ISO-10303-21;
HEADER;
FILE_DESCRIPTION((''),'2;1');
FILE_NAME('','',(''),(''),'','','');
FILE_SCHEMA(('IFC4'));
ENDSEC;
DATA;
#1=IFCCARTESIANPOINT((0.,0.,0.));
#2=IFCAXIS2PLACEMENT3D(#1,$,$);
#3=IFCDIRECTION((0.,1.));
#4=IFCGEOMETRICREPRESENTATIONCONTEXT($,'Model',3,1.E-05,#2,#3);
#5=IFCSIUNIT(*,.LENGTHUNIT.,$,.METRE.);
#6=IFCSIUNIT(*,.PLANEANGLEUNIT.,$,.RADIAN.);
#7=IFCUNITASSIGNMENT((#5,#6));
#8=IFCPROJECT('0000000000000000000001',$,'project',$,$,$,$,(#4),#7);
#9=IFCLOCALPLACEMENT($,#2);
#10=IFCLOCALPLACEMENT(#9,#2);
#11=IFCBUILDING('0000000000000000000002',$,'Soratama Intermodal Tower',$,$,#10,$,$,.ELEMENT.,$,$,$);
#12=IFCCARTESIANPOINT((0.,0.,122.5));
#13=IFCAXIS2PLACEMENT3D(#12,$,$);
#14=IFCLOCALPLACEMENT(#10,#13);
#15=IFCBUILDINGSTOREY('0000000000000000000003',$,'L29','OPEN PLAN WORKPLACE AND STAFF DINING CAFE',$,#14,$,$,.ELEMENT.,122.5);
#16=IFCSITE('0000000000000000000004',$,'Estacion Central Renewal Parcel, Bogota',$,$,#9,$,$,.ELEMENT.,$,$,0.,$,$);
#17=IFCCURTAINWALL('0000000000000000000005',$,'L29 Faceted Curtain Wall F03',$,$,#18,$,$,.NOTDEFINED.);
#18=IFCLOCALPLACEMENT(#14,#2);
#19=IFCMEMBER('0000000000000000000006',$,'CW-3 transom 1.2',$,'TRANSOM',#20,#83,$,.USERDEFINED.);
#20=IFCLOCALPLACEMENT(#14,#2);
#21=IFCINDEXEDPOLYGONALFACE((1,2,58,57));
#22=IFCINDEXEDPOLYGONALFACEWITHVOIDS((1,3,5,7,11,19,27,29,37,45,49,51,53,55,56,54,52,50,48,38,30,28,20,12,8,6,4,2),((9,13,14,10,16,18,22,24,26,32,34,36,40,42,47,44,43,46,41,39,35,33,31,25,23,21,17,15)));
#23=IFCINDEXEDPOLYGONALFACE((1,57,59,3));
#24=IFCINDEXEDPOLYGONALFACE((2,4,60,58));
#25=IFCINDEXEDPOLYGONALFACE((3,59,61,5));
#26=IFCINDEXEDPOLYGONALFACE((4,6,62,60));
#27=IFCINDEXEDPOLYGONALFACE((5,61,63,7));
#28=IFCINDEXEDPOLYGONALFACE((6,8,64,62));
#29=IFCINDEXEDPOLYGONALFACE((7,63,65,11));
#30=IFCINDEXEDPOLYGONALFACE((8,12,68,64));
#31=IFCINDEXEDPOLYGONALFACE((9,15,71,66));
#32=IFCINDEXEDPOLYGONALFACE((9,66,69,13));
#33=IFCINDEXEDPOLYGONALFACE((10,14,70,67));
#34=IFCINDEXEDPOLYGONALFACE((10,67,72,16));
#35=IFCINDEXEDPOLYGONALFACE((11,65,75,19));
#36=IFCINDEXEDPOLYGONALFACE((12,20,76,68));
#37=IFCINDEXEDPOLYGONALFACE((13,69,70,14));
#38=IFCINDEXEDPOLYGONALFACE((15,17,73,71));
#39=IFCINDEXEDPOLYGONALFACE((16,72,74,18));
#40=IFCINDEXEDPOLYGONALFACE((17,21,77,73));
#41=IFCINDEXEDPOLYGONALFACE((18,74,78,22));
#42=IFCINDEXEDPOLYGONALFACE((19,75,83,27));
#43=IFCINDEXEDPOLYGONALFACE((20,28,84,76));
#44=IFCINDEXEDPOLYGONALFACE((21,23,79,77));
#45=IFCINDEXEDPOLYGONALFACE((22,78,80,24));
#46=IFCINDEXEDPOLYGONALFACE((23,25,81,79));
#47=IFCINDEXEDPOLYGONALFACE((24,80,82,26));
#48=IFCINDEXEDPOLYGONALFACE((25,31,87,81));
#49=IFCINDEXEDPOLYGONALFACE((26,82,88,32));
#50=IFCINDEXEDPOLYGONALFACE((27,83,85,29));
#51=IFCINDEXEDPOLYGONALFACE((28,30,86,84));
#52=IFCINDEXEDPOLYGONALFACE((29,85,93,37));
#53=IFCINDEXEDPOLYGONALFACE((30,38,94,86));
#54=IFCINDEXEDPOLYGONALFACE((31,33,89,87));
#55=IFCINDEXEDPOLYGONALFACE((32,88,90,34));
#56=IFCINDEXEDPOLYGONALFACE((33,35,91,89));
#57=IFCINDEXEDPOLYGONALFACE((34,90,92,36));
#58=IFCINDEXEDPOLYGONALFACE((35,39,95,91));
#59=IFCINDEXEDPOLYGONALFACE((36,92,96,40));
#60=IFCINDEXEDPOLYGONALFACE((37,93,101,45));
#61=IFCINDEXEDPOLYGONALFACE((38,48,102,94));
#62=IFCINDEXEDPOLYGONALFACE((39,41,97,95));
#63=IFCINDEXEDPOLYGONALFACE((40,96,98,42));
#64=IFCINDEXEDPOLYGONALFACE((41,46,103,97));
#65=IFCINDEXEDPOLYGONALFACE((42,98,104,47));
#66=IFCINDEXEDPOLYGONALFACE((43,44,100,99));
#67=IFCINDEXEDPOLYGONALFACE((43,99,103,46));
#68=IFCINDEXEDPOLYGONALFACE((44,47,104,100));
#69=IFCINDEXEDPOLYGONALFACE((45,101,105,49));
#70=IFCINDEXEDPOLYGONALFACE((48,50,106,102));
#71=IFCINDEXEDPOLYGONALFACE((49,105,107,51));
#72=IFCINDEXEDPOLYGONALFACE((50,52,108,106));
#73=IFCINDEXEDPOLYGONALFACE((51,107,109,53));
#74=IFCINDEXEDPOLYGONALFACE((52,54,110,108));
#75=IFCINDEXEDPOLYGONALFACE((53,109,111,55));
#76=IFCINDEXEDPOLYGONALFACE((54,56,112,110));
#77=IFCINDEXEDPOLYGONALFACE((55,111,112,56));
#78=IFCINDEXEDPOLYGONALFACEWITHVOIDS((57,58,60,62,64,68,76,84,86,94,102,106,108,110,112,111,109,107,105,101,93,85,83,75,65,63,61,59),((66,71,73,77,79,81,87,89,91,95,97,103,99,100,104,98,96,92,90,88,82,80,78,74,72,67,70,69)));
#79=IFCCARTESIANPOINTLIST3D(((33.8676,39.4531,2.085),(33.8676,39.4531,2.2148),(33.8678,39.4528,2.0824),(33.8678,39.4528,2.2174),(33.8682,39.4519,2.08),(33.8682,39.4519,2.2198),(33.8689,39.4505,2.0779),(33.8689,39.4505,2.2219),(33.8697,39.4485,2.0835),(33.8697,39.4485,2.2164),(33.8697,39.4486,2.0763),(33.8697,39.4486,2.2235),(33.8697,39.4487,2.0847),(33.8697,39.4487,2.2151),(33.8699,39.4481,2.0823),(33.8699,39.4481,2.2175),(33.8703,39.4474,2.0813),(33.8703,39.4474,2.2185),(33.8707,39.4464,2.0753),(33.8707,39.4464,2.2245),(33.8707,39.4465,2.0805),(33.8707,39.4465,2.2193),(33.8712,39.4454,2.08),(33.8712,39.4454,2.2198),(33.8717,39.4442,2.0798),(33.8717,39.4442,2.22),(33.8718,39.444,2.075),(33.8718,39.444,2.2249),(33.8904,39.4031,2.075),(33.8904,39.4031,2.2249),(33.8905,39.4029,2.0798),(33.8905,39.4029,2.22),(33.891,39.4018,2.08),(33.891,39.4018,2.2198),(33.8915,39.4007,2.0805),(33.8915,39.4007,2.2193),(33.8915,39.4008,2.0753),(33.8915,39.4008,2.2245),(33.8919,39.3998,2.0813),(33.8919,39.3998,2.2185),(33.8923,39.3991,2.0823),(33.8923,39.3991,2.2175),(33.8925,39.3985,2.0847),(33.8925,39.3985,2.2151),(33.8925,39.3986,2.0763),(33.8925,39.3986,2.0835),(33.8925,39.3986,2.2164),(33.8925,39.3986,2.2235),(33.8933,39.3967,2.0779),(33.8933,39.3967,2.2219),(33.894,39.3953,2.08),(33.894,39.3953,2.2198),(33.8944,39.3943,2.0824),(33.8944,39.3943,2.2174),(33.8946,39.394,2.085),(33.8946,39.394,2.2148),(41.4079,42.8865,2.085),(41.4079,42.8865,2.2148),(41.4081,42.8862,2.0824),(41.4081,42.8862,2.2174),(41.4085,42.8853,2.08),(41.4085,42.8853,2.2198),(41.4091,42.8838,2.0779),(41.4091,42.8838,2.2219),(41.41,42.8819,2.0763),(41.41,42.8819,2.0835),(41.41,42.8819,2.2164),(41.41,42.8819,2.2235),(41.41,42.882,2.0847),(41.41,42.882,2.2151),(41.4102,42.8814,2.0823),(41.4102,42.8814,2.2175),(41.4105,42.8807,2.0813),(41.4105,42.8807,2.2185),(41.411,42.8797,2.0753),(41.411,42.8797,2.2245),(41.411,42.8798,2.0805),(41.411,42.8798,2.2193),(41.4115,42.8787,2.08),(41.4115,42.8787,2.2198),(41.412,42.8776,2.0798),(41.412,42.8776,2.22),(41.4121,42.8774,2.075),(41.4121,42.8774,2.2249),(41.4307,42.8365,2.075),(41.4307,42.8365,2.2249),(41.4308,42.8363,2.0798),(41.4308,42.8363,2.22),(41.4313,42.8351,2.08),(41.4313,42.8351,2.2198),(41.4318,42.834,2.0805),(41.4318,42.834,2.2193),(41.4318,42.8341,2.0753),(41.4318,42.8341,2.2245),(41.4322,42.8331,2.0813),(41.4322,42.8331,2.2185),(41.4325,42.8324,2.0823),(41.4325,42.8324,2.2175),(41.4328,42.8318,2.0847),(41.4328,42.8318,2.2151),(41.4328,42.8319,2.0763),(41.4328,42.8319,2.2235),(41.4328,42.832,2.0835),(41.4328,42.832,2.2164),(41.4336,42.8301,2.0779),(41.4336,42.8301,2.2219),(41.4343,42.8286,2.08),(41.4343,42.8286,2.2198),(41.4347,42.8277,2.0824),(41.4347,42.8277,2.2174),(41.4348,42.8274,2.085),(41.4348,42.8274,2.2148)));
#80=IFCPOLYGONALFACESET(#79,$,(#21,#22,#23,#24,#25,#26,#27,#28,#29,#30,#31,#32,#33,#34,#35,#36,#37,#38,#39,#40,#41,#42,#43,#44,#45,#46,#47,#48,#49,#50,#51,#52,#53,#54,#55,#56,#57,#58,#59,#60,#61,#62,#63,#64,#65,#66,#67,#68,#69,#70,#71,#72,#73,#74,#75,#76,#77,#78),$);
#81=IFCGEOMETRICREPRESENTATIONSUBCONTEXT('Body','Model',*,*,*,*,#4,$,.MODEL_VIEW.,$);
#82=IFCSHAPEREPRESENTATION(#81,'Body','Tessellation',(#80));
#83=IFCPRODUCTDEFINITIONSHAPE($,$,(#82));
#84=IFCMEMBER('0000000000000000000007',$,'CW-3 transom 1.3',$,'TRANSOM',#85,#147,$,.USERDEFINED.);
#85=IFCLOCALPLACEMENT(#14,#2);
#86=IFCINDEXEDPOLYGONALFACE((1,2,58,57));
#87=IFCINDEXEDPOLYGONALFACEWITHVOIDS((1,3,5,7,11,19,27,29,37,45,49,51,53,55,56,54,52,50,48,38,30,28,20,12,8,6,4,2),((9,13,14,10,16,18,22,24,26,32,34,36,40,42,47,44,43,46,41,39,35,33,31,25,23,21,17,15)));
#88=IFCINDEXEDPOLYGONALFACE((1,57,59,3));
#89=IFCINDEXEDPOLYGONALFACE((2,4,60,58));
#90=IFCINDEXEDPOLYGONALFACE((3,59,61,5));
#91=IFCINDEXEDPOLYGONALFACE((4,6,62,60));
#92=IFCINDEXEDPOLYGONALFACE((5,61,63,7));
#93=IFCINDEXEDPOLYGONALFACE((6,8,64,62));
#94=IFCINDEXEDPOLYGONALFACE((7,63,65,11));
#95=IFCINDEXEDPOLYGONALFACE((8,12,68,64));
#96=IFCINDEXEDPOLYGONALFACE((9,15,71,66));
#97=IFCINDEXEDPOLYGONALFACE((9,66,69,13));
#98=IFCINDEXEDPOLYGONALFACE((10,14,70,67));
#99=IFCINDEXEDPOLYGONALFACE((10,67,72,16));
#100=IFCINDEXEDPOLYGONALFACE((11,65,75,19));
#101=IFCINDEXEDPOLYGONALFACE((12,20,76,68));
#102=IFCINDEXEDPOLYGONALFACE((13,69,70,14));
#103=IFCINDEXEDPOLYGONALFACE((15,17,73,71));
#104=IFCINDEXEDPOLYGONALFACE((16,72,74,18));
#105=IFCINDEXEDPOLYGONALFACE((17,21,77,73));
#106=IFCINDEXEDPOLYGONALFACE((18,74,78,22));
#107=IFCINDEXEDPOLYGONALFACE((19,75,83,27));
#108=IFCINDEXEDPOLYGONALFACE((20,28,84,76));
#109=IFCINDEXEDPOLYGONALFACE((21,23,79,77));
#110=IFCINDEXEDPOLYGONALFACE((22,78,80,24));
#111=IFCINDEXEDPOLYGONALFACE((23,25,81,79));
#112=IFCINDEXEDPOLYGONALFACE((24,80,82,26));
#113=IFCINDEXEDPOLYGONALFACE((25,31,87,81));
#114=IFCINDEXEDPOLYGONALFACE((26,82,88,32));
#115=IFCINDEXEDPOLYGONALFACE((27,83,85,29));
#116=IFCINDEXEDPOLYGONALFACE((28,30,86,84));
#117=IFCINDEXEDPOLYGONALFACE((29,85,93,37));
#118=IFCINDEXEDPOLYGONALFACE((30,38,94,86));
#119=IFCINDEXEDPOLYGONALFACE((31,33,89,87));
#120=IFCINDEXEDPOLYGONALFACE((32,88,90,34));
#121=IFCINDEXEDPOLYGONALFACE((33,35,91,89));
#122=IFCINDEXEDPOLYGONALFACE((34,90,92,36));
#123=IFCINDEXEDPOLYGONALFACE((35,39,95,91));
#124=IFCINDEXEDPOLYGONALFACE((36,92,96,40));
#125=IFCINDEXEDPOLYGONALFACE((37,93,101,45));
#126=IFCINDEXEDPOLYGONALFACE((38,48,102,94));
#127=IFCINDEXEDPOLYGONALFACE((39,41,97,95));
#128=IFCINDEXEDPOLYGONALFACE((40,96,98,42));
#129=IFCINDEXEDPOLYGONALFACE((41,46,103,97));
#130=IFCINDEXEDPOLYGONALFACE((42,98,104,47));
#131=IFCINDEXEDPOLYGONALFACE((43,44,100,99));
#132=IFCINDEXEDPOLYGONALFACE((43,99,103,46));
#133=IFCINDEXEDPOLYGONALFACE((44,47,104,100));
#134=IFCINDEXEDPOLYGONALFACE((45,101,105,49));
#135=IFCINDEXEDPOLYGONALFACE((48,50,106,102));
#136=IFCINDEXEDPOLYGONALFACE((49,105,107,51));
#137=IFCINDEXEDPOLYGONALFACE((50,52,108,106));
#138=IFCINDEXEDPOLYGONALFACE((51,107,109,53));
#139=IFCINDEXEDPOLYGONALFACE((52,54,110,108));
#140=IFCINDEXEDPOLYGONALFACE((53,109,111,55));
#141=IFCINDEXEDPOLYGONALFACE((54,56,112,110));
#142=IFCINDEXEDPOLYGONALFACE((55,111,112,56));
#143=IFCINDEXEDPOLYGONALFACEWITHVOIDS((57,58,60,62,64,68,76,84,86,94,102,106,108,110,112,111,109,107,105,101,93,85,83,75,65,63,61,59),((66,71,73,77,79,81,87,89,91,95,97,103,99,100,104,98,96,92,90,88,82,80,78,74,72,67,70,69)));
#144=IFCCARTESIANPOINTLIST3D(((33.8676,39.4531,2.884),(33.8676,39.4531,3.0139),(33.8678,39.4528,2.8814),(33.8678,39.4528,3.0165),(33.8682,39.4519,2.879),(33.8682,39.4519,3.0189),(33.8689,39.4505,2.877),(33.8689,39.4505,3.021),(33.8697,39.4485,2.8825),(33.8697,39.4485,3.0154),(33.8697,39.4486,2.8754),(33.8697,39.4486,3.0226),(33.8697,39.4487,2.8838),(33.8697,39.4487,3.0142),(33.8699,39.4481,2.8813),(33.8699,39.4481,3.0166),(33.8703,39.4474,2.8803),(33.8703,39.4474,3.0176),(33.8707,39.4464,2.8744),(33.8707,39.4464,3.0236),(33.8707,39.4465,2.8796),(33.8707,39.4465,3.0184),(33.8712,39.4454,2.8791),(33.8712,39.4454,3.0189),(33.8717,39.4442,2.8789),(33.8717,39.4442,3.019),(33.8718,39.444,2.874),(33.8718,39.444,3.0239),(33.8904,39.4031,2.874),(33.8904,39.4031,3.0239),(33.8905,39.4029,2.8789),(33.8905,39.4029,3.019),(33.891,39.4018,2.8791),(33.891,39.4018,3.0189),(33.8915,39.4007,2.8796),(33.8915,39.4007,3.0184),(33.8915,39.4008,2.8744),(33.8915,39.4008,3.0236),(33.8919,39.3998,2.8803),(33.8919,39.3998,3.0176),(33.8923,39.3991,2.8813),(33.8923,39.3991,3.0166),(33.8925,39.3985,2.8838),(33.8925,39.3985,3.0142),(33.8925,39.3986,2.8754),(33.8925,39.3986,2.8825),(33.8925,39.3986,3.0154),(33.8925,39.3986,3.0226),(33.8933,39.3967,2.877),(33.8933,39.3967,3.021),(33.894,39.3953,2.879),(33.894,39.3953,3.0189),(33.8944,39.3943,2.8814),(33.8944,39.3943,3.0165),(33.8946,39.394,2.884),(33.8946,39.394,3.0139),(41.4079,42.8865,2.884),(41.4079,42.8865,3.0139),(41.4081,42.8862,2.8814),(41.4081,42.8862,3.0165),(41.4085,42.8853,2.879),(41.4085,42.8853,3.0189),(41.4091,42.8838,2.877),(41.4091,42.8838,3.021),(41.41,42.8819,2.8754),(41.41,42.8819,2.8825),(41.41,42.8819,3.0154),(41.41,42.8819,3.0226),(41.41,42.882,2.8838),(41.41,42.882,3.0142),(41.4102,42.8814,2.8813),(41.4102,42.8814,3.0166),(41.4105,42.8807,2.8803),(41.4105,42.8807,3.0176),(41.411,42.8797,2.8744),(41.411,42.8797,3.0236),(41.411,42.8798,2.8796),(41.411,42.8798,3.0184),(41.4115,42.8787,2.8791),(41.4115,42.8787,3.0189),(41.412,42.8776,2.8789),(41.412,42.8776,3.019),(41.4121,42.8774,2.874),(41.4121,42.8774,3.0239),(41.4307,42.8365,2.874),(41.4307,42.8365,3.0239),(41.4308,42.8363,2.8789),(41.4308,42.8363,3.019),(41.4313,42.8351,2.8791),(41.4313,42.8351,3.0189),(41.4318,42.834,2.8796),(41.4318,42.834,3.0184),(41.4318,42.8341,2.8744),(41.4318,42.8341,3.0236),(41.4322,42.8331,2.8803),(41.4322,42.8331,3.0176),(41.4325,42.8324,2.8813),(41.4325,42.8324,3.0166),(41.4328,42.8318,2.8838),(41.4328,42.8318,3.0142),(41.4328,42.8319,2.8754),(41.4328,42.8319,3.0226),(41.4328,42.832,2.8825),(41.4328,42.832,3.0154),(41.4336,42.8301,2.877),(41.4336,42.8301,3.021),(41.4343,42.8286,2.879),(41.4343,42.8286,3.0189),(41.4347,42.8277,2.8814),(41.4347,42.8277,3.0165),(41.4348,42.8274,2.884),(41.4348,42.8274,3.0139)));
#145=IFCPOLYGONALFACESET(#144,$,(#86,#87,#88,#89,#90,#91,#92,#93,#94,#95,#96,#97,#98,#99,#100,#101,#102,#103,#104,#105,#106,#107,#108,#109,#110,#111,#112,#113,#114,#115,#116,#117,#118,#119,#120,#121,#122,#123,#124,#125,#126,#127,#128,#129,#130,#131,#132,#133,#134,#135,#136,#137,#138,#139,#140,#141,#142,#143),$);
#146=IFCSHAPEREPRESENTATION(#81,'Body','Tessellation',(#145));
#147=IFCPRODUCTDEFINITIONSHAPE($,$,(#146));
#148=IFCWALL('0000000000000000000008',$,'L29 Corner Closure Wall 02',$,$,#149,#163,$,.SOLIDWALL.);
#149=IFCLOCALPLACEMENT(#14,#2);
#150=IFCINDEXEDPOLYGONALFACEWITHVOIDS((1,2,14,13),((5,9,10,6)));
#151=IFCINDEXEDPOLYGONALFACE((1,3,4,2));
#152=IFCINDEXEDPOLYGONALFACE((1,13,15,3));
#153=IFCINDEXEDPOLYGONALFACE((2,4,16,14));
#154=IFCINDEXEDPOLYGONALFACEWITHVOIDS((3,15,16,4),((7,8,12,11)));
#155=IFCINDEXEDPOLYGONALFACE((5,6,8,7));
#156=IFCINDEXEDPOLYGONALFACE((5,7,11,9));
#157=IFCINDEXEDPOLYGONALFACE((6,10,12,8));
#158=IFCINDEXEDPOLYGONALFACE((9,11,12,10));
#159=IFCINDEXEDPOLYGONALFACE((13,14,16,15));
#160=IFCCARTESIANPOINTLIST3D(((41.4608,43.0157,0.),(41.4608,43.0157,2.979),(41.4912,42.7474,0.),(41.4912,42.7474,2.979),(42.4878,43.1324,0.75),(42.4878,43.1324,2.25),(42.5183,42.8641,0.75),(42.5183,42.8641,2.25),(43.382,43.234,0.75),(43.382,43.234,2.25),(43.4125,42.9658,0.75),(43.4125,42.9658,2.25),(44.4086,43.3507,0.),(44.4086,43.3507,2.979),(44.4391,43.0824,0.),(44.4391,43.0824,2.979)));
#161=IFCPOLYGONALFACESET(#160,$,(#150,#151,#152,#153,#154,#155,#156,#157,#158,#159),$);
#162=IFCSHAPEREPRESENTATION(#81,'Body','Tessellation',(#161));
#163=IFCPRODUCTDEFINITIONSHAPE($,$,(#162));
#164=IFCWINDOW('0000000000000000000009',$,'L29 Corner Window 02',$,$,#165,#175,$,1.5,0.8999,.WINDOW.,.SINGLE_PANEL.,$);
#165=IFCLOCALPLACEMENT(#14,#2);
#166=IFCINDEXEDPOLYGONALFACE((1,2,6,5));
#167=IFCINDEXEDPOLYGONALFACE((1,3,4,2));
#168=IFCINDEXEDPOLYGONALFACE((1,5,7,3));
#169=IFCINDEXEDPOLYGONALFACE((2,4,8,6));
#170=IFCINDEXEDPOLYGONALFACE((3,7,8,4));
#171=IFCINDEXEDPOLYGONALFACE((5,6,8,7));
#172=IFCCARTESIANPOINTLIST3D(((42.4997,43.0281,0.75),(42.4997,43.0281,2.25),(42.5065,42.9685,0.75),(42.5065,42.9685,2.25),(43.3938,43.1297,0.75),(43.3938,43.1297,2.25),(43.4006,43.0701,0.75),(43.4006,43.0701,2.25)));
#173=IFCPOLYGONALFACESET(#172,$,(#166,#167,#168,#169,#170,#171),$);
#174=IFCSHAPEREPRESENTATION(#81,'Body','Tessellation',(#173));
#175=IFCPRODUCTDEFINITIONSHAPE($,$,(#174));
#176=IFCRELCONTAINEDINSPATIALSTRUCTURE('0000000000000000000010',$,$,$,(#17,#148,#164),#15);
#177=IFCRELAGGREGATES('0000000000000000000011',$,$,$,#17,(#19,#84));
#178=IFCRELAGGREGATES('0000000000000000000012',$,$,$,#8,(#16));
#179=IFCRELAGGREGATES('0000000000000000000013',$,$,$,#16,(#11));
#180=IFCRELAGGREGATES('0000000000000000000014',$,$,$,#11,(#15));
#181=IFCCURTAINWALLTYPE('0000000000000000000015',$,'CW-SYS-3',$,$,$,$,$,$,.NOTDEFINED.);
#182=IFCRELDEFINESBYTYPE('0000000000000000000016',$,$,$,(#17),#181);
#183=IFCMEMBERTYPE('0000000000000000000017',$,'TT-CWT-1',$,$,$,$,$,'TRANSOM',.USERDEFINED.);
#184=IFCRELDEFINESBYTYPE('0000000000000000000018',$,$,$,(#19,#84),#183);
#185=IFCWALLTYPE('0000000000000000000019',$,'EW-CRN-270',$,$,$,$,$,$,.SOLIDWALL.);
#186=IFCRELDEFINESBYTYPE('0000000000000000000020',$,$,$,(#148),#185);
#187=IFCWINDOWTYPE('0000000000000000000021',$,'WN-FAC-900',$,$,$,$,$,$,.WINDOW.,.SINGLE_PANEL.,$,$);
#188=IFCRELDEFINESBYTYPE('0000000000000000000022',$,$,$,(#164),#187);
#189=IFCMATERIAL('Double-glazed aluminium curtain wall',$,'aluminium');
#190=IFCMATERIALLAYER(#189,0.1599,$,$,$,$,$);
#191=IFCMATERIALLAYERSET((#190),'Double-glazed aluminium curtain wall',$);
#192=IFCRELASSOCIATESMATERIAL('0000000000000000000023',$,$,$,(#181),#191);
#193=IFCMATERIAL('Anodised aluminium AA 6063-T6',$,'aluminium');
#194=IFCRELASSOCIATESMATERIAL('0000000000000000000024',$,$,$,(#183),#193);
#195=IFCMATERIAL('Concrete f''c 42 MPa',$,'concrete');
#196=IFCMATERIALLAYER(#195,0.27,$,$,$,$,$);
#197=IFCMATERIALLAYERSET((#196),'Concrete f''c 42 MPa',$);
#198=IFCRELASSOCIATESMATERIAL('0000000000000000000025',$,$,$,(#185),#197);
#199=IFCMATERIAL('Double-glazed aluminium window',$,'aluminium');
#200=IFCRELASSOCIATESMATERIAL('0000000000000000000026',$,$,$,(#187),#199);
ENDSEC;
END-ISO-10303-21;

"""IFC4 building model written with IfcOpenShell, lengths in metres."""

from ifc_helpers import new_model, si_unit, direction, frame, frame_2d, origin, origin_2d, place, context, subcontext, project, spatial, rectangle, hollow_rectangle, extrude, material, layer, layer_set, material_profile, profile_set, type_object, element, fill, aggregate, save


model = new_model("IFC4")

# Units and contexts
model_context = context("Model", 3, precision=1e-05, world=origin(), true_north=direction((0.0, 1.0)))
body_context = subcontext(model_context, "Body", "Model", "MODEL_VIEW")
ifc_project = project(units=[si_unit("LENGTHUNIT", "METRE"), si_unit("PLANEANGLEUNIT", "RADIAN")], contexts=[model_context])

# Site, building, storey
site_placement = place(None, origin())
site = spatial("IfcSite", under=ifc_project, at=site_placement, Name="Estacion Central Renewal Parcel, Bogota", CompositionType="ELEMENT", RefElevation=0.0)
building_placement = place(site_placement, origin())
building = spatial("IfcBuilding", under=site, at=building_placement, Name="Soratama Intermodal Tower", CompositionType="ELEMENT")
storey_placement = place(building_placement, frame((0.0, 0.0, 122.5)))
storey = spatial("IfcBuildingStorey", under=building, at=storey_placement, Name="L29", Description="OPEN PLAN WORKPLACE AND STAFF DINING CAFE", CompositionType="ELEMENT", Elevation=122.5)

# Shared definitions
ifc_material_1 = material(Name="Double-glazed aluminium curtain wall", Category="aluminium")
ifc_layer_1 = layer(ifc_material_1, 0.1599)
ifc_layer_set_1 = layer_set([ifc_layer_1], Name="Double-glazed aluminium curtain wall")
curtain_wall_type = type_object("IfcCurtainWallType", Name="CW-SYS-3", PredefinedType="NOTDEFINED", material=ifc_layer_set_1)

# Curtain wall, members
curtain_wall_1_placement = place(storey_placement, origin())
curtain_wall_1 = element("IfcCurtainWall", 1, at=curtain_wall_1_placement, inside=storey, type_object=curtain_wall_type, Name="L29 Faceted Curtain Wall F03", PredefinedType="NOTDEFINED")
ifc_material_2 = material(Name="Anodised aluminium AA 6063-T6", Category="aluminium")
ifc_material_profile_1 = material_profile(ifc_material_2, hollow_rectangle(XDim=0.0649, YDim=0.1499, WallThickness=0.0049, InnerFilletRadius=0.0049, OuterFilletRadius=0.01, at=origin_2d()), Name="CWT150X65X5")
ifc_profile_set_1 = profile_set([ifc_material_profile_1], Name="Anodised aluminium AA 6063-T6")
member_type_1 = type_object("IfcMemberType", Name="TT-CWT-1", ElementType="TRANSOM", PredefinedType="USERDEFINED", material=ifc_profile_set_1)
member_1_placement = place(storey_placement, frame((41.4214, 42.8569, 2.1499), z_axis=(-0.910096, -0.414398, 0.0), x_axis=(0.414398, -0.910096, 0.0)))
member_1 = element("IfcMember", 2, at=member_1_placement, type_object=member_type_1, Name="CW-3 transom 1.2", ObjectType="TRANSOM", PredefinedType="USERDEFINED", context=body_context, shape_type="SweptSolid", body=[
    extrude(hollow_rectangle(XDim=0.0649, YDim=0.1499, WallThickness=0.0049, InnerFilletRadius=0.0049, OuterFilletRadius=0.01, at=origin_2d()), origin(), (0.0, 0.0, 1.0), 8.2852),
])
member_2_placement = place(storey_placement, frame((41.4214, 42.8569, 2.949), z_axis=(-0.910096, -0.414398, 0.0), x_axis=(0.414398, -0.910096, 0.0)))
member_2 = element("IfcMember", 3, at=member_2_placement, type_object=member_type_1, Name="CW-3 transom 1.3", ObjectType="TRANSOM", PredefinedType="USERDEFINED", context=body_context, shape_type="SweptSolid", body=[
    extrude(hollow_rectangle(XDim=0.0649, YDim=0.1499, WallThickness=0.0049, InnerFilletRadius=0.0049, OuterFilletRadius=0.01, at=origin_2d()), origin(), (0.0, 0.0, 1.0), 8.2852),
])
aggregate(curtain_wall_1, [member_1, member_2])

# Wall, opening, window
ifc_material_3 = material(Name="Concrete f'c 42 MPa", Category="concrete")
ifc_layer_2 = layer(ifc_material_3, 0.27)
ifc_layer_set_2 = layer_set([ifc_layer_2], Name="Concrete f'c 42 MPa")
wall_type_1 = type_object("IfcWallType", Name="EW-CRN-270", PredefinedType="SOLIDWALL", material=ifc_layer_set_2)
wall_1_placement = place(storey_placement, frame((44.4238, 43.2166, 0.0), z_axis=(0.0, 0.0, 1.0), x_axis=(-0.993606, -0.112906, 0.0)))
wall_1 = element("IfcWall", 4, at=wall_1_placement, inside=storey, type_object=wall_type_1, Name="L29 Corner Closure Wall 02", PredefinedType="SOLIDWALL", context=body_context, shape_type="SweptSolid", body=[
    extrude(rectangle(XDim=2.9668, YDim=0.27, at=frame_2d((1.4834, 0.0))), origin(), (0.0, 0.0, 1.0), 2.979),
])
opening_1_placement = place(wall_1_placement, frame((1.0332, 0.0, 0.75)))
opening_1 = element("IfcOpeningElement", 5, at=opening_1_placement, cuts=wall_1, PredefinedType="OPENING", context=body_context, shape_type="SweptSolid", body=[
    extrude(rectangle(XDim=0.8999, YDim=1.5, at=frame_2d((0.45, 0.75))), frame((0.0, 0.145, 0.0), z_axis=(0.0, -1.0, 0.0), x_axis=(1.0, 0.0, 0.0)), (0.0, 0.0, 1.0), 0.29),
])
ifc_material_4 = material(Name="Double-glazed aluminium window", Category="aluminium")
window_type = type_object("IfcWindowType", Name="WN-FAC-900", PartitioningType="SINGLE_PANEL", PredefinedType="WINDOW", material=ifc_material_4)
window_placement = place(opening_1_placement, origin())
window = element("IfcWindow", 6, at=window_placement, inside=storey, type_object=window_type, Name="L29 Corner Window 02", OverallHeight=1.5, OverallWidth=0.8999, PartitioningType="SINGLE_PANEL", PredefinedType="WINDOW", context=body_context, shape_type="SweptSolid", body=[
    extrude(rectangle(XDim=0.8999, YDim=1.5, at=frame_2d((0.45, 0.75))), frame((0.0, 0.03, 0.0), z_axis=(0.0, -1.0, 0.0), x_axis=(1.0, 0.0, 0.0)), (0.0, 0.0, 1.0), 0.0601),
])
fill(opening_1, window)

save(model, "model.ifc")
